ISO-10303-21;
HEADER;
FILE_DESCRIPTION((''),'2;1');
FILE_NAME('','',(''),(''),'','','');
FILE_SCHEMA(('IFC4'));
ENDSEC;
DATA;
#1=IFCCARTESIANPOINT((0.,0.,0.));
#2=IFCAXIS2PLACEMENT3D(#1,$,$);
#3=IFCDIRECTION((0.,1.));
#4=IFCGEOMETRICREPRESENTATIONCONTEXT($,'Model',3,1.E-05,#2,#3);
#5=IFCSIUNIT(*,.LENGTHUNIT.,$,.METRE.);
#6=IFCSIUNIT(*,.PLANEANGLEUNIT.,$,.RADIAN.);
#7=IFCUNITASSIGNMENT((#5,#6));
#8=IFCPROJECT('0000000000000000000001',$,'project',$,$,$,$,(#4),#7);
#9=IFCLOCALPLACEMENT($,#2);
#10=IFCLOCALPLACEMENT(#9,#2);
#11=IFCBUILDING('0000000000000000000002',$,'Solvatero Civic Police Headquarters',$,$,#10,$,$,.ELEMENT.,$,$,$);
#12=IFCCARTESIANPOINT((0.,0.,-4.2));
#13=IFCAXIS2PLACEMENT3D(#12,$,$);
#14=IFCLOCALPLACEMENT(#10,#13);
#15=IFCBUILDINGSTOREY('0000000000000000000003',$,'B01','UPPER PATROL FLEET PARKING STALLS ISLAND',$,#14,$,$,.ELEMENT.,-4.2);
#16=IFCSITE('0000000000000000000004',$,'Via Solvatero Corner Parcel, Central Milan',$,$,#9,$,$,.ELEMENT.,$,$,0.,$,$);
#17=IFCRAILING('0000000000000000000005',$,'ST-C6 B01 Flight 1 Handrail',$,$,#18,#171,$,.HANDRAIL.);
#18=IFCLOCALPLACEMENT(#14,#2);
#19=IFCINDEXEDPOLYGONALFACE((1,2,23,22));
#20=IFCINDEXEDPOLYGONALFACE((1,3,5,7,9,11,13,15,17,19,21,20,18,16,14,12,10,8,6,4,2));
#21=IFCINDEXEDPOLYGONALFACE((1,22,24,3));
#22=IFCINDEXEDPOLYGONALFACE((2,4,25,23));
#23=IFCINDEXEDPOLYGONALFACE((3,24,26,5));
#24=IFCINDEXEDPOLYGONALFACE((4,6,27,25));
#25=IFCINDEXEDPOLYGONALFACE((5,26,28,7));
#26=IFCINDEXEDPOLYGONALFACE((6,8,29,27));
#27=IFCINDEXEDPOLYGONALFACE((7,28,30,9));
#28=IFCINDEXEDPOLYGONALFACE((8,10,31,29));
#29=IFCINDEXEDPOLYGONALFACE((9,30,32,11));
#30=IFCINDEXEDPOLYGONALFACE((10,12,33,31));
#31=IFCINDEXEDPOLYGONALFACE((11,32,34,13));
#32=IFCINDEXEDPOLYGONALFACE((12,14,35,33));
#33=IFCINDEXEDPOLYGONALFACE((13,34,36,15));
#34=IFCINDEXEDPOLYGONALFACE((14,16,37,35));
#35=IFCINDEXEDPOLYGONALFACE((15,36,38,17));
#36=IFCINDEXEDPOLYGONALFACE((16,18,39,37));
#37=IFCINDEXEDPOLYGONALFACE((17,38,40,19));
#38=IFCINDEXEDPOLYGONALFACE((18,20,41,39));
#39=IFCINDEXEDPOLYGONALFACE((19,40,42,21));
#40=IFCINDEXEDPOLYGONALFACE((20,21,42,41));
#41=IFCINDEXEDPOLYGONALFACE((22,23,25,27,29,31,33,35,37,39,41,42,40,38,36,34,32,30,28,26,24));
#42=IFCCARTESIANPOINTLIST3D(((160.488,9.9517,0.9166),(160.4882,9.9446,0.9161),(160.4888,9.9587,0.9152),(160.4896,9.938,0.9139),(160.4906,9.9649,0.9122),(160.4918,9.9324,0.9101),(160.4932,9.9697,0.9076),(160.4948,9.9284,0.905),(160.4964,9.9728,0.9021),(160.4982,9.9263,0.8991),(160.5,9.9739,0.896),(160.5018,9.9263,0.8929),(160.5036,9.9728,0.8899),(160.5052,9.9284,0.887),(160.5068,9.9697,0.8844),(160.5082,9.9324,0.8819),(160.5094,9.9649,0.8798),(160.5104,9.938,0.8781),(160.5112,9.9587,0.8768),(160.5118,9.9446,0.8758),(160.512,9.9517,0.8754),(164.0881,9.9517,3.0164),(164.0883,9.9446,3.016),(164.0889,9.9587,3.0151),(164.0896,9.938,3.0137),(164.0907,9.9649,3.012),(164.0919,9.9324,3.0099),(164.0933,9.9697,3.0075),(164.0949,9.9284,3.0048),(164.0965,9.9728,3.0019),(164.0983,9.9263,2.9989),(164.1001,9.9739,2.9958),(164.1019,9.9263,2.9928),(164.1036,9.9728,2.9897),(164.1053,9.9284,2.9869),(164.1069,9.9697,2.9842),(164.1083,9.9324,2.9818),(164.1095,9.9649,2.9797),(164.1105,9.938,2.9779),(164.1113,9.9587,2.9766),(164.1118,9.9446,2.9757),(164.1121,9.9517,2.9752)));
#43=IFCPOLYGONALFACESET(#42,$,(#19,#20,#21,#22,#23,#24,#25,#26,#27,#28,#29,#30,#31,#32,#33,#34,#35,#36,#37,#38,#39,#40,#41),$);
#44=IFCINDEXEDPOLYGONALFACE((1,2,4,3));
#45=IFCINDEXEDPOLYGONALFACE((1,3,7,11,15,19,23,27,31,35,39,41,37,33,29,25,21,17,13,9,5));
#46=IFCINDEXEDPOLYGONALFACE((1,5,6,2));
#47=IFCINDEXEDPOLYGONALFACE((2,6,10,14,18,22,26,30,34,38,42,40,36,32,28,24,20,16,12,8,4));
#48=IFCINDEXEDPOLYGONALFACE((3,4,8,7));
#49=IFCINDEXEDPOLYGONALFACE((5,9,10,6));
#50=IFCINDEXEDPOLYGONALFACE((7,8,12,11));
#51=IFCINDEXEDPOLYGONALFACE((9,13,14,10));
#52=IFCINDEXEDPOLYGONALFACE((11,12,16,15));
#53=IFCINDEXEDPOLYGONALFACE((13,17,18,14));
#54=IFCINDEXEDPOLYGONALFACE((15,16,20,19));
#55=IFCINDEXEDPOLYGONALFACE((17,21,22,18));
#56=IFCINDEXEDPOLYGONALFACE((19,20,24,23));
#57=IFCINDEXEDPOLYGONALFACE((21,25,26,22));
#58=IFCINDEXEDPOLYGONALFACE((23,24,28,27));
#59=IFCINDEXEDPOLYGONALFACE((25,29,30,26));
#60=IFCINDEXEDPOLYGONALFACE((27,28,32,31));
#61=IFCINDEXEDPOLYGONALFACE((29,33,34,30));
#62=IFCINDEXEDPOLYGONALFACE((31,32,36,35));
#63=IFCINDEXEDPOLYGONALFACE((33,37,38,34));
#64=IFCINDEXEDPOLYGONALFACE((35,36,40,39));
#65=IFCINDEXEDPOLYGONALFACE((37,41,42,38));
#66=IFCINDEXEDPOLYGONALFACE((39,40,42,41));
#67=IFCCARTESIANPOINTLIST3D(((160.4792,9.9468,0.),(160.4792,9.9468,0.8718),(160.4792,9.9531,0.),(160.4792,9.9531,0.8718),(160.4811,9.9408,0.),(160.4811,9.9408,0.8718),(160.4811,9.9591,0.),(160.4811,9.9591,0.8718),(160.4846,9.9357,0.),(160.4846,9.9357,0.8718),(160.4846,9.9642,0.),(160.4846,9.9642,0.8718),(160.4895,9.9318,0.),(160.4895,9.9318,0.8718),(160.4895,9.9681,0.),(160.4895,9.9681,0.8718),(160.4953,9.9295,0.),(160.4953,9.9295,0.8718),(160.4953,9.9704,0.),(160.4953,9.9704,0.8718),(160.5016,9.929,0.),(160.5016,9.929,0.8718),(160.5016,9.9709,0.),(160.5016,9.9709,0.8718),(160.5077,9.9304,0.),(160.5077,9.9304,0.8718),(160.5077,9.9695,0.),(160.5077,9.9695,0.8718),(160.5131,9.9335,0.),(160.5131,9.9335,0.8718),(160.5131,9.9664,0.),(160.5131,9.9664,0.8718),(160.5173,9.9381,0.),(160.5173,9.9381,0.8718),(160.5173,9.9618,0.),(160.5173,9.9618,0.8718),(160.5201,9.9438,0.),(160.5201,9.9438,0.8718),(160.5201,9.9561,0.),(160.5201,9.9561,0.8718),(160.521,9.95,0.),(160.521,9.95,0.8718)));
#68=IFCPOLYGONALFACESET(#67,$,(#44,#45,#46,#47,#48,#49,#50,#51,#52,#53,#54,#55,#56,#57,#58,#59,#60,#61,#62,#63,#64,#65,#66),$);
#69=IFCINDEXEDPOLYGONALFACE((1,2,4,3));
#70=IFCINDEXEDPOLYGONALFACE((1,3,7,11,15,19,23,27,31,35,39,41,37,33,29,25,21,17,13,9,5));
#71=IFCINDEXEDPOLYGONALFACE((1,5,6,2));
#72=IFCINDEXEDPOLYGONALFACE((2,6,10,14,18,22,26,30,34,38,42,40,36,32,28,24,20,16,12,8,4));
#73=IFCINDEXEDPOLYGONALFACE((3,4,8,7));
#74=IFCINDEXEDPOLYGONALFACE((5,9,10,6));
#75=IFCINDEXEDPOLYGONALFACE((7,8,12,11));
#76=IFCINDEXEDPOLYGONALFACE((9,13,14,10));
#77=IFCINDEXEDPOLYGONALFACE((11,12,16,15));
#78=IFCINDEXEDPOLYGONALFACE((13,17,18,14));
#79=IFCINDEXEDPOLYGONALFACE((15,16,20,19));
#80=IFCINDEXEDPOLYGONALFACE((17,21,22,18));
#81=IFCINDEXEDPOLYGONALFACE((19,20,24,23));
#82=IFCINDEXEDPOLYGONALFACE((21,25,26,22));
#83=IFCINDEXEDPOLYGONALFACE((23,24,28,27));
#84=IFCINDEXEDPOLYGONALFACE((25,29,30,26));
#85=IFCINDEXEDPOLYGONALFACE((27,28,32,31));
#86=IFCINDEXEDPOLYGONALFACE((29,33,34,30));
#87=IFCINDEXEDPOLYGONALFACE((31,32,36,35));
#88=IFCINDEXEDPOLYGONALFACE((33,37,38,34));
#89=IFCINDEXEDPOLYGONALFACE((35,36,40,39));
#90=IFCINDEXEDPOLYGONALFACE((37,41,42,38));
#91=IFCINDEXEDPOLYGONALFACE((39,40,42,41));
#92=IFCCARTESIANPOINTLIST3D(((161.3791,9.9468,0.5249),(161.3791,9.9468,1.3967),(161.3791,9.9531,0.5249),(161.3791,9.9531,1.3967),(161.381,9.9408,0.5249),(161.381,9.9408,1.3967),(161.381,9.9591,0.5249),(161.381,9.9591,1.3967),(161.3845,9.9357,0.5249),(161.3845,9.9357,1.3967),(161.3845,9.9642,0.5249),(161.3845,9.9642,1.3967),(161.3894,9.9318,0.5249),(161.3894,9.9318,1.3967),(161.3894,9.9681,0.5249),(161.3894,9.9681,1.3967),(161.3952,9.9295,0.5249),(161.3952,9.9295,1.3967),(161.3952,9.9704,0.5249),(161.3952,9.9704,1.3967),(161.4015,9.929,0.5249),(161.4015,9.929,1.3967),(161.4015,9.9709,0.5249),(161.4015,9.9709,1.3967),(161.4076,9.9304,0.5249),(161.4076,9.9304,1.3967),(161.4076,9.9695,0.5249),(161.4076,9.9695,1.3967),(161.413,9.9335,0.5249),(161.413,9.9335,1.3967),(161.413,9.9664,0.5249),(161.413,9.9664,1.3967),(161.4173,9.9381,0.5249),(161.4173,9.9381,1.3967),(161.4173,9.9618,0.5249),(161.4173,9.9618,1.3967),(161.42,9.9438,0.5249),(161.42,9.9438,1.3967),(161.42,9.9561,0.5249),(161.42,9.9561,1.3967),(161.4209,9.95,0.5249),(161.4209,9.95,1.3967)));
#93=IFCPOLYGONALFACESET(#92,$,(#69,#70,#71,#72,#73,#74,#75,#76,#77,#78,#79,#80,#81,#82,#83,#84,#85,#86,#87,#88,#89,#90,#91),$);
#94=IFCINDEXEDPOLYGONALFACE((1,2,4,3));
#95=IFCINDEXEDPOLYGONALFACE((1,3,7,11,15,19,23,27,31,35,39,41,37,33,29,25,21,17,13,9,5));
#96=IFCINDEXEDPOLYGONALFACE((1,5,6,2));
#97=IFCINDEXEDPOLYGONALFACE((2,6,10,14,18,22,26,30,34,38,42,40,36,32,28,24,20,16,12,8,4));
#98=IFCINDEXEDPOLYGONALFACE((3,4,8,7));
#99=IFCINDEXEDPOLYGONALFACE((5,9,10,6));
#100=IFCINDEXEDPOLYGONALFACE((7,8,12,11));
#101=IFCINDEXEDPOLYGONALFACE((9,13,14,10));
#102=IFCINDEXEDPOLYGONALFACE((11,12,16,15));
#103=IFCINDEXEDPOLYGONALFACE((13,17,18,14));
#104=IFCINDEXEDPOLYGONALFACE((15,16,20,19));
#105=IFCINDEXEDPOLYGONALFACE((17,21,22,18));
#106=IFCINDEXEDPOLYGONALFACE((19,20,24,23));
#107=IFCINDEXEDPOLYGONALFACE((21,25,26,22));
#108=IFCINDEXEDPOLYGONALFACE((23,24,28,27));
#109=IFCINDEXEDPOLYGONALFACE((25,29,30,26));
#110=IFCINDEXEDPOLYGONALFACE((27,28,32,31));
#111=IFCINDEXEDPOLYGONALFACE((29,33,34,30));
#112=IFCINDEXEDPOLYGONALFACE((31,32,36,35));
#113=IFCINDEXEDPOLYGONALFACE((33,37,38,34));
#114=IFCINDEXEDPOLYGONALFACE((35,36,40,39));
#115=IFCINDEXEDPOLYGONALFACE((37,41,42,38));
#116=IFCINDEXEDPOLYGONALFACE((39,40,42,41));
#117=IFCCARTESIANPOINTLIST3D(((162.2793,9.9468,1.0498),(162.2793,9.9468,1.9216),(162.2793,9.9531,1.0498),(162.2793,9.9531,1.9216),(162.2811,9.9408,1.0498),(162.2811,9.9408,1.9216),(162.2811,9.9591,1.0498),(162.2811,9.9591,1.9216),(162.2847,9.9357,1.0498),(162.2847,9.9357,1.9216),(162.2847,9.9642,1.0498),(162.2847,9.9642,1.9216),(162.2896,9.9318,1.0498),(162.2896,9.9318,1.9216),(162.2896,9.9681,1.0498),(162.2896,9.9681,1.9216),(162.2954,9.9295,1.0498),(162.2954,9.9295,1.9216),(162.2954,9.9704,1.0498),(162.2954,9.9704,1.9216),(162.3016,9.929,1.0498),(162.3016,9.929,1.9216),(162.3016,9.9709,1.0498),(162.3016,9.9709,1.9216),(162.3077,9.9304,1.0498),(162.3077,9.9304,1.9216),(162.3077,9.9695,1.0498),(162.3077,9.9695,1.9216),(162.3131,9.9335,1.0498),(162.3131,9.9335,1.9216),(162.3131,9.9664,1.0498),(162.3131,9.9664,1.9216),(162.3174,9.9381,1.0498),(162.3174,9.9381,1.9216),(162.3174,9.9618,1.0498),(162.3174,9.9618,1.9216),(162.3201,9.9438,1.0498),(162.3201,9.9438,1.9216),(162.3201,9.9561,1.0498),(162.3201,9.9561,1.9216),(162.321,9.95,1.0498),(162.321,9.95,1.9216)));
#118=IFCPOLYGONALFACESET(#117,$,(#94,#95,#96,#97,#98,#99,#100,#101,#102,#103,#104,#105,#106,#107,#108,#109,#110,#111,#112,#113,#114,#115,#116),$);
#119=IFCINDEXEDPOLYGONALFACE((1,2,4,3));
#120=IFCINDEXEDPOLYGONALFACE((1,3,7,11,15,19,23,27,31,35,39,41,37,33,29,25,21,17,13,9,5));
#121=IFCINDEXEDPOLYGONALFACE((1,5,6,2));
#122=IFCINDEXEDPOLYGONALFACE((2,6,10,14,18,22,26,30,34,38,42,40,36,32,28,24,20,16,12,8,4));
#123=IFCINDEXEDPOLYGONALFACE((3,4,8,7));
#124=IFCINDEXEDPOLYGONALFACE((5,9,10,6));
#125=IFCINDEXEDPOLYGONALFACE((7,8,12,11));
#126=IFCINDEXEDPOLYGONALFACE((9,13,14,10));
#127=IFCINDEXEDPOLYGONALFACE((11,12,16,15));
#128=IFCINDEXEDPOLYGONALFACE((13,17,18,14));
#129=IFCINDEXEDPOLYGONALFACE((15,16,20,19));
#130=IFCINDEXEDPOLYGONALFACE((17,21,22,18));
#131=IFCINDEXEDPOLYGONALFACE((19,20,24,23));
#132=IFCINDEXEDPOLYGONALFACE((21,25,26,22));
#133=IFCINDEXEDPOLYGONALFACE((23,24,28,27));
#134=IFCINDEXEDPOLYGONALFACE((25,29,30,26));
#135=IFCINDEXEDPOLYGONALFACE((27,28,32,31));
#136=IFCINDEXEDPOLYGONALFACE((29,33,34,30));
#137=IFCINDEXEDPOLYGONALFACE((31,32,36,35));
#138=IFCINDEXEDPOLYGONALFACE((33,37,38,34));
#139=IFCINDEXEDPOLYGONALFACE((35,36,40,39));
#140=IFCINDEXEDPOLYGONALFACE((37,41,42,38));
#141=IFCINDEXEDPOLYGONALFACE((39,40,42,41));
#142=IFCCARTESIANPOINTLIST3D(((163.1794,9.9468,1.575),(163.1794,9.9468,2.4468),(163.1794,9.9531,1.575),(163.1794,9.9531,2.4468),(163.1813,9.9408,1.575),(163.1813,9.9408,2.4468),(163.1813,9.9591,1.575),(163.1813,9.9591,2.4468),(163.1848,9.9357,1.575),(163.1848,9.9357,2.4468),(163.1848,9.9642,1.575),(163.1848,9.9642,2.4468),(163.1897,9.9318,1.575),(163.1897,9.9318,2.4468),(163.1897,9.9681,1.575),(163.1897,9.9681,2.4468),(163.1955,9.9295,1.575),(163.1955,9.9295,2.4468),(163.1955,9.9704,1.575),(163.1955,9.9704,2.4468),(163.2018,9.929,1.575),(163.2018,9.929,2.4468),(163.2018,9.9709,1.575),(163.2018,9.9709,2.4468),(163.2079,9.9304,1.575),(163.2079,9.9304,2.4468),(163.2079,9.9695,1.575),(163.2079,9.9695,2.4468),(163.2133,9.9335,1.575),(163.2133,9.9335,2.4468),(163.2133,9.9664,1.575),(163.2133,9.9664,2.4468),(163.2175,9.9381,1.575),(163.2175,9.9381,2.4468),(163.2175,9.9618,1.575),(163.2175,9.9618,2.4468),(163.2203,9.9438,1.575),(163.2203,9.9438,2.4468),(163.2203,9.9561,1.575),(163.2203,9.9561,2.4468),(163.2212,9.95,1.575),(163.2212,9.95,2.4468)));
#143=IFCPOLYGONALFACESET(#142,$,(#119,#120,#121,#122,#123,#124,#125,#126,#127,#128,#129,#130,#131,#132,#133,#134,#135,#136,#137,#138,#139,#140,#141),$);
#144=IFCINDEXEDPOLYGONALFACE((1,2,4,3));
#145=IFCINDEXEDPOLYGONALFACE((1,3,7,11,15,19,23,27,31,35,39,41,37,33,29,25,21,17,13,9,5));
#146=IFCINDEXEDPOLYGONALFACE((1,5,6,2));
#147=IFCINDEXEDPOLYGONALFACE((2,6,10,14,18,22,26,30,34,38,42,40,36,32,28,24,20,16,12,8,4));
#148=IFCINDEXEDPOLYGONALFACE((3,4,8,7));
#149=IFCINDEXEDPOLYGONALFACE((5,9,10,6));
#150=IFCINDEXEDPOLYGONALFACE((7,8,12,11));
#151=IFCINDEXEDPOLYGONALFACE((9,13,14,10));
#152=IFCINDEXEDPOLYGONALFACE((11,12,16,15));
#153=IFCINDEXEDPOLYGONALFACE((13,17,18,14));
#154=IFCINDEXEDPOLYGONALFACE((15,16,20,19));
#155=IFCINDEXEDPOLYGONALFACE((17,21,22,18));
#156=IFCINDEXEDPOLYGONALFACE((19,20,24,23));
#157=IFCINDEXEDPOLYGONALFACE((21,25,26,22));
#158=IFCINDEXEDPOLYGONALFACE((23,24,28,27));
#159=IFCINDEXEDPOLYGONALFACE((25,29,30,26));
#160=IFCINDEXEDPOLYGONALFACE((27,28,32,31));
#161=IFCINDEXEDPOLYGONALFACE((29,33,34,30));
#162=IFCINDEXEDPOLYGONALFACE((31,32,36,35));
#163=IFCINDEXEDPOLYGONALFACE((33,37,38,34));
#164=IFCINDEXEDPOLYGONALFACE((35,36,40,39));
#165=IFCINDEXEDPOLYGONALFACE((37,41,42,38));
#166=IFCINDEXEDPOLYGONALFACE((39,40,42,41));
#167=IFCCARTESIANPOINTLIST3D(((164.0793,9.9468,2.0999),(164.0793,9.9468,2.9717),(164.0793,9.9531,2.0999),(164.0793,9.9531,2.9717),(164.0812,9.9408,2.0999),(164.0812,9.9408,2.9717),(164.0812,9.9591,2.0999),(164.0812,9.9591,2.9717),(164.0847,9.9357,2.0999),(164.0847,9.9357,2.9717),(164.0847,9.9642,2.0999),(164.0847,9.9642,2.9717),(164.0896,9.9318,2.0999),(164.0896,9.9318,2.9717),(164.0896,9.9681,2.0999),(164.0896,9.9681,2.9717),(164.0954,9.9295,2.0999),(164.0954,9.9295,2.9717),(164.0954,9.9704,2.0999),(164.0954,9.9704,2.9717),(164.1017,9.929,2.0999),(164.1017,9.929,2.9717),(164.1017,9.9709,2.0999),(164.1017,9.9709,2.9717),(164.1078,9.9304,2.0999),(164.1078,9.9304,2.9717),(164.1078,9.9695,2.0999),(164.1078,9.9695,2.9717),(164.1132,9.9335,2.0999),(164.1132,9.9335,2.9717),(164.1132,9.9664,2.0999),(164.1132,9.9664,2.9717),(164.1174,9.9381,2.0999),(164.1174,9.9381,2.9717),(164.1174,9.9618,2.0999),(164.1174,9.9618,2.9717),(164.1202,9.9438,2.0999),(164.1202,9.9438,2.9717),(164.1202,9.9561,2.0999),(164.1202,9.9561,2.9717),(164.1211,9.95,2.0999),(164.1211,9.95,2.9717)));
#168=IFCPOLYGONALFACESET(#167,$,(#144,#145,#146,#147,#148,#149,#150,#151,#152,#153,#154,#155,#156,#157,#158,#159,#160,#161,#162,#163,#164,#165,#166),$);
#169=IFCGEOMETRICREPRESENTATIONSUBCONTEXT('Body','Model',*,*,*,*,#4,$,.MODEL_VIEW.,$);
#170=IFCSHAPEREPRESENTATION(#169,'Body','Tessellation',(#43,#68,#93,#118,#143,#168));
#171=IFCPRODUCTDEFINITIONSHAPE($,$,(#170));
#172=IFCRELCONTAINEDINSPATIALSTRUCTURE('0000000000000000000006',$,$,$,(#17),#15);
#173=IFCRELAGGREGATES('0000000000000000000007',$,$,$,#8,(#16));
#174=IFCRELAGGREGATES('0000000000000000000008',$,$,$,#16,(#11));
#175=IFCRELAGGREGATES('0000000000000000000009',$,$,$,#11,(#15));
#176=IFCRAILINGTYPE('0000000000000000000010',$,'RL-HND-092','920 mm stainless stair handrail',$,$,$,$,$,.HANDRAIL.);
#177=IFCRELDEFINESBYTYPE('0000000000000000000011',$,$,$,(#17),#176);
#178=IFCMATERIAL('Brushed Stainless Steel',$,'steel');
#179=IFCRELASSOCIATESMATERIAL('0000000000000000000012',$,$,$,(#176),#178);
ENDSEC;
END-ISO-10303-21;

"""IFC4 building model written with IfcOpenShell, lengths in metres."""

from ifc_helpers import new_model, si_unit, direction, frame, origin, origin_2d, place, context, subcontext, project, spatial, circle, extrude, material, type_object, element, save


model = new_model("IFC4")

# Units and contexts
model_context = context("Model", 3, precision=1e-05, world=origin(), true_north=direction((0.0, 1.0)))
body_context = subcontext(model_context, "Body", "Model", "MODEL_VIEW")
ifc_project = project(units=[si_unit("LENGTHUNIT", "METRE"), si_unit("PLANEANGLEUNIT", "RADIAN")], contexts=[model_context])

# Site, building, storey
site_placement = place(None, origin())
site = spatial("IfcSite", under=ifc_project, at=site_placement, Name="Via Solvatero Corner Parcel, Central Milan", CompositionType="ELEMENT", RefElevation=0.0)
building_placement = place(site_placement, origin())
building = spatial("IfcBuilding", under=site, at=building_placement, Name="Solvatero Civic Police Headquarters", CompositionType="ELEMENT")
storey_placement = place(building_placement, frame((0.0, 0.0, -4.2)))
storey = spatial("IfcBuildingStorey", under=building, at=storey_placement, Name="B01", Description="UPPER PATROL FLEET PARKING STALLS ISLAND", CompositionType="ELEMENT", Elevation=-4.2)

# Railing
ifc_material_1 = material(Name="Brushed Stainless Steel", Category="steel")
railing_type_1 = type_object("IfcRailingType", Name="RL-HND-092", Description="920 mm stainless stair handrail", PredefinedType="HANDRAIL", material=ifc_material_1)
railing_1_placement = place(storey_placement, frame((160.5, 9.95, 0.0)))
element("IfcRailing", 1, at=railing_1_placement, inside=storey, type_object=railing_type_1, Name="ST-C6 B01 Flight 1 Handrail", PredefinedType="HANDRAIL", context=body_context, shape_type="SweptSolid", body=[
    extrude(circle(Radius=0.0239, at=origin_2d()), frame((0.0, 0.0, 0.896), z_axis=(0.8638, 0.0, 0.503835), x_axis=(0.0, 1.0, 0.0)), (0.0, 0.0, 1.0), 4.1677),
    extrude(circle(Radius=0.021, at=origin_2d()), origin(), (0.0, 0.0, 1.0), 0.8718),
    extrude(circle(Radius=0.021, at=origin_2d()), frame((0.8999, 0.0, 0.5249)), (0.0, 0.0, 1.0), 0.8718),
    extrude(circle(Radius=0.021, at=origin_2d()), frame((1.8, 0.0, 1.0498)), (0.0, 0.0, 1.0), 0.8718),
    extrude(circle(Radius=0.021, at=origin_2d()), frame((2.7002, 0.0, 1.575)), (0.0, 0.0, 1.0), 0.8718),
    extrude(circle(Radius=0.021, at=origin_2d()), frame((3.6001, 0.0, 2.0999)), (0.0, 0.0, 1.0), 0.8718),
])

save(model, "model.ifc")
